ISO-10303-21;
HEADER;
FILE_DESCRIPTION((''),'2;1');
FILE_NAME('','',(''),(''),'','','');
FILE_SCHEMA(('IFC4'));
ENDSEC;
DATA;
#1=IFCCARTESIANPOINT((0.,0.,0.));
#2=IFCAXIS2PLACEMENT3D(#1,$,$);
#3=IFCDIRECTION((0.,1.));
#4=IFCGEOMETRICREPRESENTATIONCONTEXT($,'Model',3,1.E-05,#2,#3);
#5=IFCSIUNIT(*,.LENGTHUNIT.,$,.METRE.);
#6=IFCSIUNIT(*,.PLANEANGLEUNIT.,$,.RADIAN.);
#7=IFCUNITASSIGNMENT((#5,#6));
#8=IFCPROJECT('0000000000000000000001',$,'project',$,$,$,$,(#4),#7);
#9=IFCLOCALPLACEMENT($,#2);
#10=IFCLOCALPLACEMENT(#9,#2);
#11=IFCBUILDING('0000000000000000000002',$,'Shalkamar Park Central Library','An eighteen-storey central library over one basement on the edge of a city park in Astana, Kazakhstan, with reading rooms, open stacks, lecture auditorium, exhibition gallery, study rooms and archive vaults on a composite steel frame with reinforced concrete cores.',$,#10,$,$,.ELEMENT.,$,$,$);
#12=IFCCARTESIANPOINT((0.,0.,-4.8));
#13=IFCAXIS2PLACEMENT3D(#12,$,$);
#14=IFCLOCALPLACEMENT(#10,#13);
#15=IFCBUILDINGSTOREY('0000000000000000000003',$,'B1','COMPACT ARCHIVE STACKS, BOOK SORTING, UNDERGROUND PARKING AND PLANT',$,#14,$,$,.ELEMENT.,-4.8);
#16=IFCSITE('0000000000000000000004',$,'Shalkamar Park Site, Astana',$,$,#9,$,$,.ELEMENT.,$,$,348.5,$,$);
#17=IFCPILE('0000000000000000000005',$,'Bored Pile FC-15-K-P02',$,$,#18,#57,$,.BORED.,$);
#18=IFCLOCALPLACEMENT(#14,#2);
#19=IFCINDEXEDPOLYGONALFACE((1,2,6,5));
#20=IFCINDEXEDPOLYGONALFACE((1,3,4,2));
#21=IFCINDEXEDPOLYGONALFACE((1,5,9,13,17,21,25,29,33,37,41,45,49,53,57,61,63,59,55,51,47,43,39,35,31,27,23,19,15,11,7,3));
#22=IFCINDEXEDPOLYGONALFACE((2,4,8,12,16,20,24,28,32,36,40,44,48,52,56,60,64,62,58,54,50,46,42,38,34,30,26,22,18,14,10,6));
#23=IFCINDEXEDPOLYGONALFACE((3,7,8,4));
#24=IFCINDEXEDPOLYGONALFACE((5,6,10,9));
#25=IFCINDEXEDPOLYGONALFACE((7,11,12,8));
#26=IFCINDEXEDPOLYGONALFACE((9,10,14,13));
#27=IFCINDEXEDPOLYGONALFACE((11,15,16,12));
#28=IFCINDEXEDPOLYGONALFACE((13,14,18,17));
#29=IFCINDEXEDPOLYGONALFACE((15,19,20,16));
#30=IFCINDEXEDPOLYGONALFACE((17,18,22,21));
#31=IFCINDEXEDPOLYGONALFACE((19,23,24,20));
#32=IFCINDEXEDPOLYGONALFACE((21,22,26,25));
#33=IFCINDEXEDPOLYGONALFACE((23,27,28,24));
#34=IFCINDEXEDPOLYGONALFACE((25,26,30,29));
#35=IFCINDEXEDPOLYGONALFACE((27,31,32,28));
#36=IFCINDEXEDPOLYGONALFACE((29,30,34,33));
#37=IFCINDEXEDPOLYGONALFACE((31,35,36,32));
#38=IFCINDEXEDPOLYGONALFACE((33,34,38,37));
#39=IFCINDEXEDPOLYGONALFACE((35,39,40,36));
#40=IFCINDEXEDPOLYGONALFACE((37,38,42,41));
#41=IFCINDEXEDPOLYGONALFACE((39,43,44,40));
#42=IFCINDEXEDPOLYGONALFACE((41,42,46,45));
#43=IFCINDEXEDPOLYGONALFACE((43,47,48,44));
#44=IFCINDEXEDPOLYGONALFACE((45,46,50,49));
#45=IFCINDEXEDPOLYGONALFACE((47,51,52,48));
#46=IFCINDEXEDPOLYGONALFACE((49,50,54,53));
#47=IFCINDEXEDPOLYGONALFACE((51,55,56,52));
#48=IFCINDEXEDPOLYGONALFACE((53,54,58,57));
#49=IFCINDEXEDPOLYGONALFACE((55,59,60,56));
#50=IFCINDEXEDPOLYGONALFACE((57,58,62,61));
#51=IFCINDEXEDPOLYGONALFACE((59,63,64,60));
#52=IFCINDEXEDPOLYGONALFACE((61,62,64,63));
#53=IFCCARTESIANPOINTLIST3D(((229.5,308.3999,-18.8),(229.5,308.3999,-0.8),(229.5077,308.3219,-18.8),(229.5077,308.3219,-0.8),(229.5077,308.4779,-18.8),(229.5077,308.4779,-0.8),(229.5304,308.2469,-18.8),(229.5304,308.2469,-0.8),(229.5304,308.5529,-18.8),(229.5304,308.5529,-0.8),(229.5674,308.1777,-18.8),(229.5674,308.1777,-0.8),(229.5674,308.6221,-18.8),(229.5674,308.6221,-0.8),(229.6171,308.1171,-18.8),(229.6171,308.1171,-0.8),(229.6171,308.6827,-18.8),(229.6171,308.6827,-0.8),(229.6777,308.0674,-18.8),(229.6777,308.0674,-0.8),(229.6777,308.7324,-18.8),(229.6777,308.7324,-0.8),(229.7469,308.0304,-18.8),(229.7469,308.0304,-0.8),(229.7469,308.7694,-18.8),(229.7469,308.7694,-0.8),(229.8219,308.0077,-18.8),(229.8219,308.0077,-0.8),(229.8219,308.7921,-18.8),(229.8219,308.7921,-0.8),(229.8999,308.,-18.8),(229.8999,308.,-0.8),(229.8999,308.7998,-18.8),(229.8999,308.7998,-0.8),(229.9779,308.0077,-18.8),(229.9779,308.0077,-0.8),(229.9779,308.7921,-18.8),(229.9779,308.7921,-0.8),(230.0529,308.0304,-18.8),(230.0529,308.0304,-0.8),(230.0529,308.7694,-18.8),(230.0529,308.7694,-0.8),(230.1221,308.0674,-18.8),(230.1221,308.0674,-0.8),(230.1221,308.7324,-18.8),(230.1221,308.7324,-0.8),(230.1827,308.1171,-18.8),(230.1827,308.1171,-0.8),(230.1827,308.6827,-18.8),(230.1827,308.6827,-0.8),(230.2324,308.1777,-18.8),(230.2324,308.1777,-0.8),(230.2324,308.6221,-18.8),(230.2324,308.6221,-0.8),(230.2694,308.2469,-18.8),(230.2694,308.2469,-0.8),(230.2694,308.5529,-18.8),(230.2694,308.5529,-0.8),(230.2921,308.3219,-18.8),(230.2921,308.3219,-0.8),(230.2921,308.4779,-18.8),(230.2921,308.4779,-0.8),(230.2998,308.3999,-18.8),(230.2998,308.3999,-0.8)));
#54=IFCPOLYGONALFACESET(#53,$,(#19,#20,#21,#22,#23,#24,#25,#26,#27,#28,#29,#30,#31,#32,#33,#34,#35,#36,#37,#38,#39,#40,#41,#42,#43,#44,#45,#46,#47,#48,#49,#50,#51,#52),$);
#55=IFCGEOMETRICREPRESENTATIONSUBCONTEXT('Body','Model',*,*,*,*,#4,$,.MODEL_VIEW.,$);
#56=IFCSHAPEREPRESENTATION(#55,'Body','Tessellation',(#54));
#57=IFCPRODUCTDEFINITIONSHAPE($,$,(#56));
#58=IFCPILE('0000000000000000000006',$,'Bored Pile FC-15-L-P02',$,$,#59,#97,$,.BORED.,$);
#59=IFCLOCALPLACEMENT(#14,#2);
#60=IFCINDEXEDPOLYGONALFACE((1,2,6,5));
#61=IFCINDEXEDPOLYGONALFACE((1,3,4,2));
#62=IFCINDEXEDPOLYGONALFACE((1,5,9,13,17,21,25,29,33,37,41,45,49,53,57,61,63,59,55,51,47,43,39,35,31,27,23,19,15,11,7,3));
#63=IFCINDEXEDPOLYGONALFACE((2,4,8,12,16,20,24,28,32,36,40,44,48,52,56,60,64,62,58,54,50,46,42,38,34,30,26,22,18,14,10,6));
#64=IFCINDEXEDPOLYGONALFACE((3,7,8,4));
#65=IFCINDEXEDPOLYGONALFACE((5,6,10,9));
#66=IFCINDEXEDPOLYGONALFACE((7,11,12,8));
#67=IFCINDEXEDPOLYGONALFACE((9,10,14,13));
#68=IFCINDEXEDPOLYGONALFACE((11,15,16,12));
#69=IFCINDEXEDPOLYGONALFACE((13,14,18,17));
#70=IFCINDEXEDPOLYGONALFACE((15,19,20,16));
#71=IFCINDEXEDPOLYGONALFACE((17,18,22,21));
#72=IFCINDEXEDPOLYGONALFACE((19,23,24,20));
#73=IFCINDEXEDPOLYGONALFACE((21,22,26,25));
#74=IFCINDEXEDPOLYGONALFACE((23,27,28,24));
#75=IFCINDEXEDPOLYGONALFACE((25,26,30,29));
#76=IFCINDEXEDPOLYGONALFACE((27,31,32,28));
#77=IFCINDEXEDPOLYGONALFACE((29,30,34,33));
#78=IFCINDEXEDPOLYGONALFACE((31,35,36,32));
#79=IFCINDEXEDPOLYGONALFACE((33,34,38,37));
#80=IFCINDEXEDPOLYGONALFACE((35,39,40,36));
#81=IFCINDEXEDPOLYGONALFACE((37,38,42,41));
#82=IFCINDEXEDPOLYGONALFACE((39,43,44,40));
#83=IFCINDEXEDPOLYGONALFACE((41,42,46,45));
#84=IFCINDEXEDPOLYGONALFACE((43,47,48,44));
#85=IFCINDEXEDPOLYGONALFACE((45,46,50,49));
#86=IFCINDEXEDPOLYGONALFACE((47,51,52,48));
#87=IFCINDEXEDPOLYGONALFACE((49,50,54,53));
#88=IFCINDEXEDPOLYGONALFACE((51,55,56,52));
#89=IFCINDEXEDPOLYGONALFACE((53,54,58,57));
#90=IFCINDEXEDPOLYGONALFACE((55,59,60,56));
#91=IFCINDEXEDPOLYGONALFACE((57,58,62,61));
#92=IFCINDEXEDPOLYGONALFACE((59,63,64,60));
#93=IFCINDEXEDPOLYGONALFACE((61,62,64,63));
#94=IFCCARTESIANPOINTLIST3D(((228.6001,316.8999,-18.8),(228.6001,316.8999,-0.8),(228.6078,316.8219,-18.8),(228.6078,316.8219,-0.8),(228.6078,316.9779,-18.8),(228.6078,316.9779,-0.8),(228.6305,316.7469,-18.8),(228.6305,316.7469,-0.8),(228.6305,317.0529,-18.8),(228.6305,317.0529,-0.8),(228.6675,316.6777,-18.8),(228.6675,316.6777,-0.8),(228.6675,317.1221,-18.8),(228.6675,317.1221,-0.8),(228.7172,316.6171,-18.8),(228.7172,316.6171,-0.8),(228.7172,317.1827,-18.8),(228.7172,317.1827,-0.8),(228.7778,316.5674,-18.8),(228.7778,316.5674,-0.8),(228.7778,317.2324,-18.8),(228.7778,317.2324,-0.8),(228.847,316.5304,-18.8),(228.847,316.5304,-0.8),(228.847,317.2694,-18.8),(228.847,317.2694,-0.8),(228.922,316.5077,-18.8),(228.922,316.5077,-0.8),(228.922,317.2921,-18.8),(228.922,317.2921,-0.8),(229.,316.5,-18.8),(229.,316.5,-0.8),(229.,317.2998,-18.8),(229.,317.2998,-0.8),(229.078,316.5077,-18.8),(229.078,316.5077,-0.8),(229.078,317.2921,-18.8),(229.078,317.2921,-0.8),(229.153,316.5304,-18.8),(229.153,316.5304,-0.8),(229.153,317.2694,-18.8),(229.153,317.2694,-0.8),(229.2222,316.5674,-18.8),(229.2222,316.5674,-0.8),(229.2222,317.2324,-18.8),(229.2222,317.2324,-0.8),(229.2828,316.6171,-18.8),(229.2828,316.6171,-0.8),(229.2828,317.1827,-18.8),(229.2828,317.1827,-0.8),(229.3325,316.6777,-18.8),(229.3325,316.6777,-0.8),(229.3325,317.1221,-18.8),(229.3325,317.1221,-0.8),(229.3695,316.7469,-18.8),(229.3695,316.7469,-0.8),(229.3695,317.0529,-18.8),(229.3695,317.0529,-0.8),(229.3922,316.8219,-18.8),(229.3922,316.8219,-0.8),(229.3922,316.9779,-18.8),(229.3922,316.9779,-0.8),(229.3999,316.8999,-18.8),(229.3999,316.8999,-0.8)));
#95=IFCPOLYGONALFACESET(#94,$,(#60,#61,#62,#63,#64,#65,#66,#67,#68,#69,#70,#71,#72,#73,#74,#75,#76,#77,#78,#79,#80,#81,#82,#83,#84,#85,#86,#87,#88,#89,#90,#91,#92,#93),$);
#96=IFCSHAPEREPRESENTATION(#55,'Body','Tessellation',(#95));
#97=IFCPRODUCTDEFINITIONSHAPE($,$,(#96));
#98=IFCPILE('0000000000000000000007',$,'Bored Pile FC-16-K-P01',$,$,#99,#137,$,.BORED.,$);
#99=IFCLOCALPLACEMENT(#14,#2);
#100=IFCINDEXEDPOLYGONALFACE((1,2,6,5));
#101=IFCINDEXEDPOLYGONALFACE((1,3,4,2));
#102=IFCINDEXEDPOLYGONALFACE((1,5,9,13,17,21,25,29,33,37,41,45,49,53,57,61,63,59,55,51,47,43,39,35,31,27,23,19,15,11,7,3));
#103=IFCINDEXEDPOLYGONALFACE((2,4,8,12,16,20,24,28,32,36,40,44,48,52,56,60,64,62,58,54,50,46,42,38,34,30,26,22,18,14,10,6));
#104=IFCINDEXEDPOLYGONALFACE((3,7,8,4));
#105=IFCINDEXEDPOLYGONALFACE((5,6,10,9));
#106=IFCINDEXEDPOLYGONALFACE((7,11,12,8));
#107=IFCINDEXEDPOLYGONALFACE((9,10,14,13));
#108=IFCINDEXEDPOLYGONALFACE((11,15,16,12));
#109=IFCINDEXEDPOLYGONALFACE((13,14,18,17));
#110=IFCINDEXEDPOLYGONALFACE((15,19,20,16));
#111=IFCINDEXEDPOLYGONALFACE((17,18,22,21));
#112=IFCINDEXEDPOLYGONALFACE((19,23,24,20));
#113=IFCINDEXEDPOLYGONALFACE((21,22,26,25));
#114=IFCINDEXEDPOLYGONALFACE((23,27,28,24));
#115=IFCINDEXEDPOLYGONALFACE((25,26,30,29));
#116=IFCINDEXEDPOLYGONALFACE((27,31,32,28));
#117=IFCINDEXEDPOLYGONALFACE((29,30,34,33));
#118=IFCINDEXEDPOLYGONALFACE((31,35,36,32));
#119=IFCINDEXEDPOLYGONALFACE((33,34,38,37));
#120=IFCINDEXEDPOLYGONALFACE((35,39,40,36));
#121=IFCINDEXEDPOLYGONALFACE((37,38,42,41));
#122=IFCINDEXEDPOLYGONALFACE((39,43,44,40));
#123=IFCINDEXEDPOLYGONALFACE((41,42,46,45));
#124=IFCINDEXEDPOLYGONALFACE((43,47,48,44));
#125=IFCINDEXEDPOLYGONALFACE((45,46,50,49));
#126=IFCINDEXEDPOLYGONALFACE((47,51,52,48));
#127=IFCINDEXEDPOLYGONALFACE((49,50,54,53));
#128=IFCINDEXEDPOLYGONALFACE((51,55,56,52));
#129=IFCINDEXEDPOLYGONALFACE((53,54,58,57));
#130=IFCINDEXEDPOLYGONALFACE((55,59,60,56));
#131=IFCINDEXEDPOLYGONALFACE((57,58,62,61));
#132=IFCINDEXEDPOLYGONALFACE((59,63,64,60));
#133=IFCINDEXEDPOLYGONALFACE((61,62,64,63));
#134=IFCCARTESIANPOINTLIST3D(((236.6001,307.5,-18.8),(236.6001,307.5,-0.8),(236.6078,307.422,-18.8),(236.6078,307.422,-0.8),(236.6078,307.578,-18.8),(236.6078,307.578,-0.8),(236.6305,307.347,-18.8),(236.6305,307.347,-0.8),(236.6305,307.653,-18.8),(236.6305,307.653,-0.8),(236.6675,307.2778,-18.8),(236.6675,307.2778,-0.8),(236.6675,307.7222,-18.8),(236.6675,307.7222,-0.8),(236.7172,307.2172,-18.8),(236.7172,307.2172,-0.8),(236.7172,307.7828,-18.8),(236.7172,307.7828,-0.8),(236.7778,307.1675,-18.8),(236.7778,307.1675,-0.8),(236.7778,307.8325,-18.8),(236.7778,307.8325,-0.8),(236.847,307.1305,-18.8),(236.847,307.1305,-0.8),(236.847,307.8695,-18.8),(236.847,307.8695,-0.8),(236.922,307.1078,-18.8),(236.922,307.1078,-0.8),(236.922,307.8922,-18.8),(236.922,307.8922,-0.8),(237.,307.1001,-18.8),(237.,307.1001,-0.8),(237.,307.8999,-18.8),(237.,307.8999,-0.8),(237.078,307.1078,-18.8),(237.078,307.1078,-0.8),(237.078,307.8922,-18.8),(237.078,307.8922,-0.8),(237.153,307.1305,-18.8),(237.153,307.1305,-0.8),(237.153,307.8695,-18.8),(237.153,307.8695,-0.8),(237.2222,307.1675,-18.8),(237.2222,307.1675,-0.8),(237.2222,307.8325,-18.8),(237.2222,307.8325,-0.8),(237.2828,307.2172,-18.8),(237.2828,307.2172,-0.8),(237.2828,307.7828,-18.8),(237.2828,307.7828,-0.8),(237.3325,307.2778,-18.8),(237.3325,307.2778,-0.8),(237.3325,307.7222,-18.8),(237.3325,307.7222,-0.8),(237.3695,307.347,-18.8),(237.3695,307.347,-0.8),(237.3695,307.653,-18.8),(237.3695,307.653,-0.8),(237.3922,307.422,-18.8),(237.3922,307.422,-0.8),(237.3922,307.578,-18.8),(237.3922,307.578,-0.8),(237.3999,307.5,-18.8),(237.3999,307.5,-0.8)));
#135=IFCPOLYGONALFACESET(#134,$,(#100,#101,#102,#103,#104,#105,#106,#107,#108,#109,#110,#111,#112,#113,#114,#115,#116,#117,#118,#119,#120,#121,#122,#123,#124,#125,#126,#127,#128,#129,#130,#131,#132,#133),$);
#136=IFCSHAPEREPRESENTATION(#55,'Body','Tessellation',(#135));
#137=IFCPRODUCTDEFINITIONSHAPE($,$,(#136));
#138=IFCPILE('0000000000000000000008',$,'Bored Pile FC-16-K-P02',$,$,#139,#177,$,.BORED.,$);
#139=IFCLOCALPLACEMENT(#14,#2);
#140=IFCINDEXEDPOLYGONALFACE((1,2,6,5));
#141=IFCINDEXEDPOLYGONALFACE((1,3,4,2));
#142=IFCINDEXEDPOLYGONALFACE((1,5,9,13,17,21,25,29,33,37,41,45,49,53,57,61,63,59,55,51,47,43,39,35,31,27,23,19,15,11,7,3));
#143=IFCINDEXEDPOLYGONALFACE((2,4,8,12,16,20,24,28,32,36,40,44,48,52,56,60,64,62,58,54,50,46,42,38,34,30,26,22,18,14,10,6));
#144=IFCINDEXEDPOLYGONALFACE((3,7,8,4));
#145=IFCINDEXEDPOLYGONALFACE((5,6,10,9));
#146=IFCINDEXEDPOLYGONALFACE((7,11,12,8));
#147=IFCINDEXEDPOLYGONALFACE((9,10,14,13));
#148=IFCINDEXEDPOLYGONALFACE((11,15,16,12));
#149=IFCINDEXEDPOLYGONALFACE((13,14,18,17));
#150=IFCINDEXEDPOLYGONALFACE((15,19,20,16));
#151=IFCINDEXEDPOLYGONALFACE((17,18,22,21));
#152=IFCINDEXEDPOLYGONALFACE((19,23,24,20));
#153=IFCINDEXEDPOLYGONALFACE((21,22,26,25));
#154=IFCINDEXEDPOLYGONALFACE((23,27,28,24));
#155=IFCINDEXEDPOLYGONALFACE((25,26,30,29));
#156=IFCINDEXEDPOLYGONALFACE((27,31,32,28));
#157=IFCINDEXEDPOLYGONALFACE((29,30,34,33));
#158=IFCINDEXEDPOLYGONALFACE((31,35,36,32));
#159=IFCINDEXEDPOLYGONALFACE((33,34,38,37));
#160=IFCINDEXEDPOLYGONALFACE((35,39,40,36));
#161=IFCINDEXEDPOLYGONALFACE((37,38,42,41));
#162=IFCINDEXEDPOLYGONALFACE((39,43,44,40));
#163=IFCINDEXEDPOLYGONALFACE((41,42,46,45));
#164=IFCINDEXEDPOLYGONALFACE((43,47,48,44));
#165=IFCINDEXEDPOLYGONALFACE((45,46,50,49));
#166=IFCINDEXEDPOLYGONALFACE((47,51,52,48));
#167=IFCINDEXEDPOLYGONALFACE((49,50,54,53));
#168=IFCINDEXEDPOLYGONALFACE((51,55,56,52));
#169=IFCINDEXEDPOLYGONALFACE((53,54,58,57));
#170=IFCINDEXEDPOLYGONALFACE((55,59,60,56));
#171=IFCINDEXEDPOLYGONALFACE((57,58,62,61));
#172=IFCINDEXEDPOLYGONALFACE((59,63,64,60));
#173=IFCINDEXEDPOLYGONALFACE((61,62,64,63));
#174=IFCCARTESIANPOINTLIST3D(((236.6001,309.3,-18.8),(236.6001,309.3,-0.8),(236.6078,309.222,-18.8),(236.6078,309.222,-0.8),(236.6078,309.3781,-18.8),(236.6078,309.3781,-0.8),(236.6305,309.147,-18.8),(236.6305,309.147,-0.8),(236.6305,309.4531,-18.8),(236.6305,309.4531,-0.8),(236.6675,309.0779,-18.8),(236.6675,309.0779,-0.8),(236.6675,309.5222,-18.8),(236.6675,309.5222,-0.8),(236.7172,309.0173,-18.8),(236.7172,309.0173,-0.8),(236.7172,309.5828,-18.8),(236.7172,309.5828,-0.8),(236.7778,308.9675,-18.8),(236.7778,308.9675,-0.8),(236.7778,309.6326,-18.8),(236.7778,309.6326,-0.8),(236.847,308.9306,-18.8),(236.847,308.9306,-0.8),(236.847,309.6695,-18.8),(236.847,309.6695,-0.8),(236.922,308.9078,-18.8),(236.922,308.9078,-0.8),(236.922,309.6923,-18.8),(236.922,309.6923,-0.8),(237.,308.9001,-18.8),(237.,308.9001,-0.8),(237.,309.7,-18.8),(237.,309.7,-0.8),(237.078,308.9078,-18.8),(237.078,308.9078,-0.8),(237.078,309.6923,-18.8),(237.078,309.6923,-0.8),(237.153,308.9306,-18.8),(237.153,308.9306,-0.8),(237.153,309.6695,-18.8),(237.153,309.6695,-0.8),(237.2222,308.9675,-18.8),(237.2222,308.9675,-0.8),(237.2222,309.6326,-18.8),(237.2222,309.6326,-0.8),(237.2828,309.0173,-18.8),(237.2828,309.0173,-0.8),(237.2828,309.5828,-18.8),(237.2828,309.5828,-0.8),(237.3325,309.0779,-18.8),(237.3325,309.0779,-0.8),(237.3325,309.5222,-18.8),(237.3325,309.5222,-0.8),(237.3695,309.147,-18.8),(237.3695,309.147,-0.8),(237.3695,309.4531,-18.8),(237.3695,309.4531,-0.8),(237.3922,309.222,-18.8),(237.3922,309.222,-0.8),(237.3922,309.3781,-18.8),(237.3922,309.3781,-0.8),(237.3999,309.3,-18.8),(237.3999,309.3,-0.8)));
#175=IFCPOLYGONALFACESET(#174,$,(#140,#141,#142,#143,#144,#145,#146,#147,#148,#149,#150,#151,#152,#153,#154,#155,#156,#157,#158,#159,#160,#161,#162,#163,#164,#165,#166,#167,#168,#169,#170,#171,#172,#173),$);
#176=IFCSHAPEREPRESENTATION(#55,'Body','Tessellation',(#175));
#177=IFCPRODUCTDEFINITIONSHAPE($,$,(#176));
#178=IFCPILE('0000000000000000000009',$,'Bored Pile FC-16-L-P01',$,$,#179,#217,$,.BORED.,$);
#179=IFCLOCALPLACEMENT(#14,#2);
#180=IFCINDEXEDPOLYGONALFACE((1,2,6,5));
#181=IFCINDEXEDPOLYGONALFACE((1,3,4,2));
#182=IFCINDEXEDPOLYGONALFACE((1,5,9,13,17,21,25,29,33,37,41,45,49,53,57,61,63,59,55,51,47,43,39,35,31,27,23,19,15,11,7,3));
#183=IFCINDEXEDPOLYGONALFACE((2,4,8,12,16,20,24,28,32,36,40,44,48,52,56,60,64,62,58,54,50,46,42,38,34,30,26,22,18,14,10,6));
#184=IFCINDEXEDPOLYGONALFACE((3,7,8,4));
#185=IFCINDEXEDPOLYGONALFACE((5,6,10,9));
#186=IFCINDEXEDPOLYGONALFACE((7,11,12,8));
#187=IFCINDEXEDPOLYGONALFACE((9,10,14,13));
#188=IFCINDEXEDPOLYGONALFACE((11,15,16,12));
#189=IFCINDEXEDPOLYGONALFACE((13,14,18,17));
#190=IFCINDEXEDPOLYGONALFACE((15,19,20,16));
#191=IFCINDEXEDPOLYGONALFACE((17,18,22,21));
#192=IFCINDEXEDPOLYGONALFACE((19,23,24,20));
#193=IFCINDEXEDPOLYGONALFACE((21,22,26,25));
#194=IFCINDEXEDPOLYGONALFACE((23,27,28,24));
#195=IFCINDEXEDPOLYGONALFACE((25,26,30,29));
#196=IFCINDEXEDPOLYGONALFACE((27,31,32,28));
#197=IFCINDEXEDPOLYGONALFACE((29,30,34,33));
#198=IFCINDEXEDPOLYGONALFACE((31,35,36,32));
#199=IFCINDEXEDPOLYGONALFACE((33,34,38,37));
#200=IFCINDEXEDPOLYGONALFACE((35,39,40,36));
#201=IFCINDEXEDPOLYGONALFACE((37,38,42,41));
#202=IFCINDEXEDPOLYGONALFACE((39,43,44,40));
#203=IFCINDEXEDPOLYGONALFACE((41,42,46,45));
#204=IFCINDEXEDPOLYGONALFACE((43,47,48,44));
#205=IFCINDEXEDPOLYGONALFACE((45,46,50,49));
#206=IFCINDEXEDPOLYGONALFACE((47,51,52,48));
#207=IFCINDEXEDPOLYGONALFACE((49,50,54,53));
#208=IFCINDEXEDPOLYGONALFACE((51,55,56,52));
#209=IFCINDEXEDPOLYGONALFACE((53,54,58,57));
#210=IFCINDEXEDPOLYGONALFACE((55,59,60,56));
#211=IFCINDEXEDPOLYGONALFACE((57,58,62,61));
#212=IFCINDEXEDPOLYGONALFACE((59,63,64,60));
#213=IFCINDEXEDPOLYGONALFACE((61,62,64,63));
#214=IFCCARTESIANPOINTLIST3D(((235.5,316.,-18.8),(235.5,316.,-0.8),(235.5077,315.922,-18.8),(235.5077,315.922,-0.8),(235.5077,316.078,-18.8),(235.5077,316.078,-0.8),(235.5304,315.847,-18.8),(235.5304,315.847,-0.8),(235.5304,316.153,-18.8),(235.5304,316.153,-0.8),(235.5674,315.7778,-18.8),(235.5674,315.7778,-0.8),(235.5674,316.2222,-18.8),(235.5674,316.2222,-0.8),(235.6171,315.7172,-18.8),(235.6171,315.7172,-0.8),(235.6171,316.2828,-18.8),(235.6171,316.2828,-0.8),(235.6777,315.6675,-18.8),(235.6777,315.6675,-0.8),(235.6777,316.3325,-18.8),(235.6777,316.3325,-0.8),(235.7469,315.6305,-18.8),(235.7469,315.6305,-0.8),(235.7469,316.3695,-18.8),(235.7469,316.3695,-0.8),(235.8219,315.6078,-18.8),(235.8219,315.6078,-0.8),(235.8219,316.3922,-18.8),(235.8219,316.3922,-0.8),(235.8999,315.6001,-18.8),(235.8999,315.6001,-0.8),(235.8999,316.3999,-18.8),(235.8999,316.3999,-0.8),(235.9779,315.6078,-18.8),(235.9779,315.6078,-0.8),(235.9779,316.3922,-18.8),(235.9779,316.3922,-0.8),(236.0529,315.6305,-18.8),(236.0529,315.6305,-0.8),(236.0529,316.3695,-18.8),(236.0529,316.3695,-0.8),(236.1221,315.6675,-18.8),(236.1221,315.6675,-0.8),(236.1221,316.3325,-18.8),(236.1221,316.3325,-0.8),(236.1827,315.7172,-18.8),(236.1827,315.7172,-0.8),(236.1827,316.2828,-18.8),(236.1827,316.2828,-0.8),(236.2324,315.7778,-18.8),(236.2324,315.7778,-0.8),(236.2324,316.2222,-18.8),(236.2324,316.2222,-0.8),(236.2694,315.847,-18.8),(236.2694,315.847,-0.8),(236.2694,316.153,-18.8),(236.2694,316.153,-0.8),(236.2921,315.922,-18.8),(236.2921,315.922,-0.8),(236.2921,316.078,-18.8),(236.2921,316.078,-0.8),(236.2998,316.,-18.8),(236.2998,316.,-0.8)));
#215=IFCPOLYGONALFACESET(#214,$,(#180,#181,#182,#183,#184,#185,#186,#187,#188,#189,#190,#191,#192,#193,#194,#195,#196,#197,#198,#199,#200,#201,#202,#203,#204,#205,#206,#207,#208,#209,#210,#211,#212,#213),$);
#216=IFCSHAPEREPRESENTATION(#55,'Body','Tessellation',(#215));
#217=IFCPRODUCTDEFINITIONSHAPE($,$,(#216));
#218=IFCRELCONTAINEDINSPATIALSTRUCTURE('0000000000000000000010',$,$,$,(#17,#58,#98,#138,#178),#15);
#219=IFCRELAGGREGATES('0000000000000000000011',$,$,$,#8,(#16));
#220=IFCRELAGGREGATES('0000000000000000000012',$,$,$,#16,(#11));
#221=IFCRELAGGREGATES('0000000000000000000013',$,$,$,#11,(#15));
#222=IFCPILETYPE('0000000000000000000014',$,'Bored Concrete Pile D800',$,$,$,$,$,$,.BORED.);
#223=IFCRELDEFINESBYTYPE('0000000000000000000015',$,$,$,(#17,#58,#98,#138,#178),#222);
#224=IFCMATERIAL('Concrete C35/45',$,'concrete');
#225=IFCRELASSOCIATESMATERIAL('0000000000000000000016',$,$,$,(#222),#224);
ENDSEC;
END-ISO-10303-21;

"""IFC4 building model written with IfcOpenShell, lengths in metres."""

from ifc_helpers import new_model, si_unit, direction, frame, origin, origin_2d, place, context, subcontext, project, spatial, circle, extrude, material, material_profile, profile_set, type_object, element, save


model = new_model("IFC4")

# Units and contexts
model_context = context("Model", 3, precision=1e-05, world=origin(), true_north=direction((0.0, 1.0)))
body_context = subcontext(model_context, "Body", "Model", "MODEL_VIEW")
ifc_project = project(units=[si_unit("LENGTHUNIT", "METRE"), si_unit("PLANEANGLEUNIT", "RADIAN")], contexts=[model_context])

# Site, building, storey
site_placement = place(None, origin())
site = spatial("IfcSite", under=ifc_project, at=site_placement, Name="Shalkamar Park Site, Astana", CompositionType="ELEMENT", RefElevation=348.5)
building_placement = place(site_placement, origin())
building = spatial("IfcBuilding", under=site, at=building_placement, Name="Shalkamar Park Central Library", Description="An eighteen-storey central library over one basement on the edge of a city park in Astana, Kazakhstan, with reading rooms, open stacks, lecture auditorium, exhibition gallery, study rooms and archive vaults on a composite steel frame with reinforced concrete cores.", CompositionType="ELEMENT")
storey_placement = place(building_placement, frame((0.0, 0.0, -4.8)))
storey = spatial("IfcBuildingStorey", under=building, at=storey_placement, Name="B1", Description="COMPACT ARCHIVE STACKS, BOOK SORTING, UNDERGROUND PARKING AND PLANT", CompositionType="ELEMENT", Elevation=-4.8)

# Piles
ifc_material_1 = material(Name="Concrete C35/45", Category="concrete")
ifc_material_profile_1 = material_profile(ifc_material_1, circle(Radius=0.3999, at=origin_2d()), Name="PILE D800")
ifc_profile_set_1 = profile_set([ifc_material_profile_1], Name="Concrete C35/45")
pile_type_1 = type_object("IfcPileType", Name="Bored Concrete Pile D800", PredefinedType="BORED", material=ifc_profile_set_1)
for number, where, z_axis, x_axis, name in (
    (1, (229.8999, 308.3999, -0.8), (0.0, 0.0, -1.0), (1.0, 0.0, 0.0), "Bored Pile FC-15-K-P02"),
    (2, (229.0, 316.8999, -0.8), (0.0, 0.0, -1.0), (1.0, 0.0, 0.0), "Bored Pile FC-15-L-P02"),
    (3, (237.0, 307.5, -0.8), (0.0, 0.0, -1.0), (1.0, 0.0, 0.0), "Bored Pile FC-16-K-P01"),
    (4, (237.0, 309.3, -0.8), (0.0, 0.0, -1.0), (1.0, 0.0, 0.0), "Bored Pile FC-16-K-P02"),
    (5, (235.8999, 316.0, -0.8), (0.0, 0.0, -1.0), (1.0, 0.0, 0.0), "Bored Pile FC-16-L-P01"),
):
    element("IfcPile", number, at=place(storey_placement, frame(where, z_axis=z_axis, x_axis=x_axis)), inside=storey, type_object=pile_type_1, Name=name, PredefinedType="BORED", context=body_context, shape_type="SweptSolid", body=[
        extrude(circle(Radius=0.3999, at=origin_2d()), origin(), (0.0, 0.0, 1.0), 18.0),
    ])

save(model, "model.ifc")
